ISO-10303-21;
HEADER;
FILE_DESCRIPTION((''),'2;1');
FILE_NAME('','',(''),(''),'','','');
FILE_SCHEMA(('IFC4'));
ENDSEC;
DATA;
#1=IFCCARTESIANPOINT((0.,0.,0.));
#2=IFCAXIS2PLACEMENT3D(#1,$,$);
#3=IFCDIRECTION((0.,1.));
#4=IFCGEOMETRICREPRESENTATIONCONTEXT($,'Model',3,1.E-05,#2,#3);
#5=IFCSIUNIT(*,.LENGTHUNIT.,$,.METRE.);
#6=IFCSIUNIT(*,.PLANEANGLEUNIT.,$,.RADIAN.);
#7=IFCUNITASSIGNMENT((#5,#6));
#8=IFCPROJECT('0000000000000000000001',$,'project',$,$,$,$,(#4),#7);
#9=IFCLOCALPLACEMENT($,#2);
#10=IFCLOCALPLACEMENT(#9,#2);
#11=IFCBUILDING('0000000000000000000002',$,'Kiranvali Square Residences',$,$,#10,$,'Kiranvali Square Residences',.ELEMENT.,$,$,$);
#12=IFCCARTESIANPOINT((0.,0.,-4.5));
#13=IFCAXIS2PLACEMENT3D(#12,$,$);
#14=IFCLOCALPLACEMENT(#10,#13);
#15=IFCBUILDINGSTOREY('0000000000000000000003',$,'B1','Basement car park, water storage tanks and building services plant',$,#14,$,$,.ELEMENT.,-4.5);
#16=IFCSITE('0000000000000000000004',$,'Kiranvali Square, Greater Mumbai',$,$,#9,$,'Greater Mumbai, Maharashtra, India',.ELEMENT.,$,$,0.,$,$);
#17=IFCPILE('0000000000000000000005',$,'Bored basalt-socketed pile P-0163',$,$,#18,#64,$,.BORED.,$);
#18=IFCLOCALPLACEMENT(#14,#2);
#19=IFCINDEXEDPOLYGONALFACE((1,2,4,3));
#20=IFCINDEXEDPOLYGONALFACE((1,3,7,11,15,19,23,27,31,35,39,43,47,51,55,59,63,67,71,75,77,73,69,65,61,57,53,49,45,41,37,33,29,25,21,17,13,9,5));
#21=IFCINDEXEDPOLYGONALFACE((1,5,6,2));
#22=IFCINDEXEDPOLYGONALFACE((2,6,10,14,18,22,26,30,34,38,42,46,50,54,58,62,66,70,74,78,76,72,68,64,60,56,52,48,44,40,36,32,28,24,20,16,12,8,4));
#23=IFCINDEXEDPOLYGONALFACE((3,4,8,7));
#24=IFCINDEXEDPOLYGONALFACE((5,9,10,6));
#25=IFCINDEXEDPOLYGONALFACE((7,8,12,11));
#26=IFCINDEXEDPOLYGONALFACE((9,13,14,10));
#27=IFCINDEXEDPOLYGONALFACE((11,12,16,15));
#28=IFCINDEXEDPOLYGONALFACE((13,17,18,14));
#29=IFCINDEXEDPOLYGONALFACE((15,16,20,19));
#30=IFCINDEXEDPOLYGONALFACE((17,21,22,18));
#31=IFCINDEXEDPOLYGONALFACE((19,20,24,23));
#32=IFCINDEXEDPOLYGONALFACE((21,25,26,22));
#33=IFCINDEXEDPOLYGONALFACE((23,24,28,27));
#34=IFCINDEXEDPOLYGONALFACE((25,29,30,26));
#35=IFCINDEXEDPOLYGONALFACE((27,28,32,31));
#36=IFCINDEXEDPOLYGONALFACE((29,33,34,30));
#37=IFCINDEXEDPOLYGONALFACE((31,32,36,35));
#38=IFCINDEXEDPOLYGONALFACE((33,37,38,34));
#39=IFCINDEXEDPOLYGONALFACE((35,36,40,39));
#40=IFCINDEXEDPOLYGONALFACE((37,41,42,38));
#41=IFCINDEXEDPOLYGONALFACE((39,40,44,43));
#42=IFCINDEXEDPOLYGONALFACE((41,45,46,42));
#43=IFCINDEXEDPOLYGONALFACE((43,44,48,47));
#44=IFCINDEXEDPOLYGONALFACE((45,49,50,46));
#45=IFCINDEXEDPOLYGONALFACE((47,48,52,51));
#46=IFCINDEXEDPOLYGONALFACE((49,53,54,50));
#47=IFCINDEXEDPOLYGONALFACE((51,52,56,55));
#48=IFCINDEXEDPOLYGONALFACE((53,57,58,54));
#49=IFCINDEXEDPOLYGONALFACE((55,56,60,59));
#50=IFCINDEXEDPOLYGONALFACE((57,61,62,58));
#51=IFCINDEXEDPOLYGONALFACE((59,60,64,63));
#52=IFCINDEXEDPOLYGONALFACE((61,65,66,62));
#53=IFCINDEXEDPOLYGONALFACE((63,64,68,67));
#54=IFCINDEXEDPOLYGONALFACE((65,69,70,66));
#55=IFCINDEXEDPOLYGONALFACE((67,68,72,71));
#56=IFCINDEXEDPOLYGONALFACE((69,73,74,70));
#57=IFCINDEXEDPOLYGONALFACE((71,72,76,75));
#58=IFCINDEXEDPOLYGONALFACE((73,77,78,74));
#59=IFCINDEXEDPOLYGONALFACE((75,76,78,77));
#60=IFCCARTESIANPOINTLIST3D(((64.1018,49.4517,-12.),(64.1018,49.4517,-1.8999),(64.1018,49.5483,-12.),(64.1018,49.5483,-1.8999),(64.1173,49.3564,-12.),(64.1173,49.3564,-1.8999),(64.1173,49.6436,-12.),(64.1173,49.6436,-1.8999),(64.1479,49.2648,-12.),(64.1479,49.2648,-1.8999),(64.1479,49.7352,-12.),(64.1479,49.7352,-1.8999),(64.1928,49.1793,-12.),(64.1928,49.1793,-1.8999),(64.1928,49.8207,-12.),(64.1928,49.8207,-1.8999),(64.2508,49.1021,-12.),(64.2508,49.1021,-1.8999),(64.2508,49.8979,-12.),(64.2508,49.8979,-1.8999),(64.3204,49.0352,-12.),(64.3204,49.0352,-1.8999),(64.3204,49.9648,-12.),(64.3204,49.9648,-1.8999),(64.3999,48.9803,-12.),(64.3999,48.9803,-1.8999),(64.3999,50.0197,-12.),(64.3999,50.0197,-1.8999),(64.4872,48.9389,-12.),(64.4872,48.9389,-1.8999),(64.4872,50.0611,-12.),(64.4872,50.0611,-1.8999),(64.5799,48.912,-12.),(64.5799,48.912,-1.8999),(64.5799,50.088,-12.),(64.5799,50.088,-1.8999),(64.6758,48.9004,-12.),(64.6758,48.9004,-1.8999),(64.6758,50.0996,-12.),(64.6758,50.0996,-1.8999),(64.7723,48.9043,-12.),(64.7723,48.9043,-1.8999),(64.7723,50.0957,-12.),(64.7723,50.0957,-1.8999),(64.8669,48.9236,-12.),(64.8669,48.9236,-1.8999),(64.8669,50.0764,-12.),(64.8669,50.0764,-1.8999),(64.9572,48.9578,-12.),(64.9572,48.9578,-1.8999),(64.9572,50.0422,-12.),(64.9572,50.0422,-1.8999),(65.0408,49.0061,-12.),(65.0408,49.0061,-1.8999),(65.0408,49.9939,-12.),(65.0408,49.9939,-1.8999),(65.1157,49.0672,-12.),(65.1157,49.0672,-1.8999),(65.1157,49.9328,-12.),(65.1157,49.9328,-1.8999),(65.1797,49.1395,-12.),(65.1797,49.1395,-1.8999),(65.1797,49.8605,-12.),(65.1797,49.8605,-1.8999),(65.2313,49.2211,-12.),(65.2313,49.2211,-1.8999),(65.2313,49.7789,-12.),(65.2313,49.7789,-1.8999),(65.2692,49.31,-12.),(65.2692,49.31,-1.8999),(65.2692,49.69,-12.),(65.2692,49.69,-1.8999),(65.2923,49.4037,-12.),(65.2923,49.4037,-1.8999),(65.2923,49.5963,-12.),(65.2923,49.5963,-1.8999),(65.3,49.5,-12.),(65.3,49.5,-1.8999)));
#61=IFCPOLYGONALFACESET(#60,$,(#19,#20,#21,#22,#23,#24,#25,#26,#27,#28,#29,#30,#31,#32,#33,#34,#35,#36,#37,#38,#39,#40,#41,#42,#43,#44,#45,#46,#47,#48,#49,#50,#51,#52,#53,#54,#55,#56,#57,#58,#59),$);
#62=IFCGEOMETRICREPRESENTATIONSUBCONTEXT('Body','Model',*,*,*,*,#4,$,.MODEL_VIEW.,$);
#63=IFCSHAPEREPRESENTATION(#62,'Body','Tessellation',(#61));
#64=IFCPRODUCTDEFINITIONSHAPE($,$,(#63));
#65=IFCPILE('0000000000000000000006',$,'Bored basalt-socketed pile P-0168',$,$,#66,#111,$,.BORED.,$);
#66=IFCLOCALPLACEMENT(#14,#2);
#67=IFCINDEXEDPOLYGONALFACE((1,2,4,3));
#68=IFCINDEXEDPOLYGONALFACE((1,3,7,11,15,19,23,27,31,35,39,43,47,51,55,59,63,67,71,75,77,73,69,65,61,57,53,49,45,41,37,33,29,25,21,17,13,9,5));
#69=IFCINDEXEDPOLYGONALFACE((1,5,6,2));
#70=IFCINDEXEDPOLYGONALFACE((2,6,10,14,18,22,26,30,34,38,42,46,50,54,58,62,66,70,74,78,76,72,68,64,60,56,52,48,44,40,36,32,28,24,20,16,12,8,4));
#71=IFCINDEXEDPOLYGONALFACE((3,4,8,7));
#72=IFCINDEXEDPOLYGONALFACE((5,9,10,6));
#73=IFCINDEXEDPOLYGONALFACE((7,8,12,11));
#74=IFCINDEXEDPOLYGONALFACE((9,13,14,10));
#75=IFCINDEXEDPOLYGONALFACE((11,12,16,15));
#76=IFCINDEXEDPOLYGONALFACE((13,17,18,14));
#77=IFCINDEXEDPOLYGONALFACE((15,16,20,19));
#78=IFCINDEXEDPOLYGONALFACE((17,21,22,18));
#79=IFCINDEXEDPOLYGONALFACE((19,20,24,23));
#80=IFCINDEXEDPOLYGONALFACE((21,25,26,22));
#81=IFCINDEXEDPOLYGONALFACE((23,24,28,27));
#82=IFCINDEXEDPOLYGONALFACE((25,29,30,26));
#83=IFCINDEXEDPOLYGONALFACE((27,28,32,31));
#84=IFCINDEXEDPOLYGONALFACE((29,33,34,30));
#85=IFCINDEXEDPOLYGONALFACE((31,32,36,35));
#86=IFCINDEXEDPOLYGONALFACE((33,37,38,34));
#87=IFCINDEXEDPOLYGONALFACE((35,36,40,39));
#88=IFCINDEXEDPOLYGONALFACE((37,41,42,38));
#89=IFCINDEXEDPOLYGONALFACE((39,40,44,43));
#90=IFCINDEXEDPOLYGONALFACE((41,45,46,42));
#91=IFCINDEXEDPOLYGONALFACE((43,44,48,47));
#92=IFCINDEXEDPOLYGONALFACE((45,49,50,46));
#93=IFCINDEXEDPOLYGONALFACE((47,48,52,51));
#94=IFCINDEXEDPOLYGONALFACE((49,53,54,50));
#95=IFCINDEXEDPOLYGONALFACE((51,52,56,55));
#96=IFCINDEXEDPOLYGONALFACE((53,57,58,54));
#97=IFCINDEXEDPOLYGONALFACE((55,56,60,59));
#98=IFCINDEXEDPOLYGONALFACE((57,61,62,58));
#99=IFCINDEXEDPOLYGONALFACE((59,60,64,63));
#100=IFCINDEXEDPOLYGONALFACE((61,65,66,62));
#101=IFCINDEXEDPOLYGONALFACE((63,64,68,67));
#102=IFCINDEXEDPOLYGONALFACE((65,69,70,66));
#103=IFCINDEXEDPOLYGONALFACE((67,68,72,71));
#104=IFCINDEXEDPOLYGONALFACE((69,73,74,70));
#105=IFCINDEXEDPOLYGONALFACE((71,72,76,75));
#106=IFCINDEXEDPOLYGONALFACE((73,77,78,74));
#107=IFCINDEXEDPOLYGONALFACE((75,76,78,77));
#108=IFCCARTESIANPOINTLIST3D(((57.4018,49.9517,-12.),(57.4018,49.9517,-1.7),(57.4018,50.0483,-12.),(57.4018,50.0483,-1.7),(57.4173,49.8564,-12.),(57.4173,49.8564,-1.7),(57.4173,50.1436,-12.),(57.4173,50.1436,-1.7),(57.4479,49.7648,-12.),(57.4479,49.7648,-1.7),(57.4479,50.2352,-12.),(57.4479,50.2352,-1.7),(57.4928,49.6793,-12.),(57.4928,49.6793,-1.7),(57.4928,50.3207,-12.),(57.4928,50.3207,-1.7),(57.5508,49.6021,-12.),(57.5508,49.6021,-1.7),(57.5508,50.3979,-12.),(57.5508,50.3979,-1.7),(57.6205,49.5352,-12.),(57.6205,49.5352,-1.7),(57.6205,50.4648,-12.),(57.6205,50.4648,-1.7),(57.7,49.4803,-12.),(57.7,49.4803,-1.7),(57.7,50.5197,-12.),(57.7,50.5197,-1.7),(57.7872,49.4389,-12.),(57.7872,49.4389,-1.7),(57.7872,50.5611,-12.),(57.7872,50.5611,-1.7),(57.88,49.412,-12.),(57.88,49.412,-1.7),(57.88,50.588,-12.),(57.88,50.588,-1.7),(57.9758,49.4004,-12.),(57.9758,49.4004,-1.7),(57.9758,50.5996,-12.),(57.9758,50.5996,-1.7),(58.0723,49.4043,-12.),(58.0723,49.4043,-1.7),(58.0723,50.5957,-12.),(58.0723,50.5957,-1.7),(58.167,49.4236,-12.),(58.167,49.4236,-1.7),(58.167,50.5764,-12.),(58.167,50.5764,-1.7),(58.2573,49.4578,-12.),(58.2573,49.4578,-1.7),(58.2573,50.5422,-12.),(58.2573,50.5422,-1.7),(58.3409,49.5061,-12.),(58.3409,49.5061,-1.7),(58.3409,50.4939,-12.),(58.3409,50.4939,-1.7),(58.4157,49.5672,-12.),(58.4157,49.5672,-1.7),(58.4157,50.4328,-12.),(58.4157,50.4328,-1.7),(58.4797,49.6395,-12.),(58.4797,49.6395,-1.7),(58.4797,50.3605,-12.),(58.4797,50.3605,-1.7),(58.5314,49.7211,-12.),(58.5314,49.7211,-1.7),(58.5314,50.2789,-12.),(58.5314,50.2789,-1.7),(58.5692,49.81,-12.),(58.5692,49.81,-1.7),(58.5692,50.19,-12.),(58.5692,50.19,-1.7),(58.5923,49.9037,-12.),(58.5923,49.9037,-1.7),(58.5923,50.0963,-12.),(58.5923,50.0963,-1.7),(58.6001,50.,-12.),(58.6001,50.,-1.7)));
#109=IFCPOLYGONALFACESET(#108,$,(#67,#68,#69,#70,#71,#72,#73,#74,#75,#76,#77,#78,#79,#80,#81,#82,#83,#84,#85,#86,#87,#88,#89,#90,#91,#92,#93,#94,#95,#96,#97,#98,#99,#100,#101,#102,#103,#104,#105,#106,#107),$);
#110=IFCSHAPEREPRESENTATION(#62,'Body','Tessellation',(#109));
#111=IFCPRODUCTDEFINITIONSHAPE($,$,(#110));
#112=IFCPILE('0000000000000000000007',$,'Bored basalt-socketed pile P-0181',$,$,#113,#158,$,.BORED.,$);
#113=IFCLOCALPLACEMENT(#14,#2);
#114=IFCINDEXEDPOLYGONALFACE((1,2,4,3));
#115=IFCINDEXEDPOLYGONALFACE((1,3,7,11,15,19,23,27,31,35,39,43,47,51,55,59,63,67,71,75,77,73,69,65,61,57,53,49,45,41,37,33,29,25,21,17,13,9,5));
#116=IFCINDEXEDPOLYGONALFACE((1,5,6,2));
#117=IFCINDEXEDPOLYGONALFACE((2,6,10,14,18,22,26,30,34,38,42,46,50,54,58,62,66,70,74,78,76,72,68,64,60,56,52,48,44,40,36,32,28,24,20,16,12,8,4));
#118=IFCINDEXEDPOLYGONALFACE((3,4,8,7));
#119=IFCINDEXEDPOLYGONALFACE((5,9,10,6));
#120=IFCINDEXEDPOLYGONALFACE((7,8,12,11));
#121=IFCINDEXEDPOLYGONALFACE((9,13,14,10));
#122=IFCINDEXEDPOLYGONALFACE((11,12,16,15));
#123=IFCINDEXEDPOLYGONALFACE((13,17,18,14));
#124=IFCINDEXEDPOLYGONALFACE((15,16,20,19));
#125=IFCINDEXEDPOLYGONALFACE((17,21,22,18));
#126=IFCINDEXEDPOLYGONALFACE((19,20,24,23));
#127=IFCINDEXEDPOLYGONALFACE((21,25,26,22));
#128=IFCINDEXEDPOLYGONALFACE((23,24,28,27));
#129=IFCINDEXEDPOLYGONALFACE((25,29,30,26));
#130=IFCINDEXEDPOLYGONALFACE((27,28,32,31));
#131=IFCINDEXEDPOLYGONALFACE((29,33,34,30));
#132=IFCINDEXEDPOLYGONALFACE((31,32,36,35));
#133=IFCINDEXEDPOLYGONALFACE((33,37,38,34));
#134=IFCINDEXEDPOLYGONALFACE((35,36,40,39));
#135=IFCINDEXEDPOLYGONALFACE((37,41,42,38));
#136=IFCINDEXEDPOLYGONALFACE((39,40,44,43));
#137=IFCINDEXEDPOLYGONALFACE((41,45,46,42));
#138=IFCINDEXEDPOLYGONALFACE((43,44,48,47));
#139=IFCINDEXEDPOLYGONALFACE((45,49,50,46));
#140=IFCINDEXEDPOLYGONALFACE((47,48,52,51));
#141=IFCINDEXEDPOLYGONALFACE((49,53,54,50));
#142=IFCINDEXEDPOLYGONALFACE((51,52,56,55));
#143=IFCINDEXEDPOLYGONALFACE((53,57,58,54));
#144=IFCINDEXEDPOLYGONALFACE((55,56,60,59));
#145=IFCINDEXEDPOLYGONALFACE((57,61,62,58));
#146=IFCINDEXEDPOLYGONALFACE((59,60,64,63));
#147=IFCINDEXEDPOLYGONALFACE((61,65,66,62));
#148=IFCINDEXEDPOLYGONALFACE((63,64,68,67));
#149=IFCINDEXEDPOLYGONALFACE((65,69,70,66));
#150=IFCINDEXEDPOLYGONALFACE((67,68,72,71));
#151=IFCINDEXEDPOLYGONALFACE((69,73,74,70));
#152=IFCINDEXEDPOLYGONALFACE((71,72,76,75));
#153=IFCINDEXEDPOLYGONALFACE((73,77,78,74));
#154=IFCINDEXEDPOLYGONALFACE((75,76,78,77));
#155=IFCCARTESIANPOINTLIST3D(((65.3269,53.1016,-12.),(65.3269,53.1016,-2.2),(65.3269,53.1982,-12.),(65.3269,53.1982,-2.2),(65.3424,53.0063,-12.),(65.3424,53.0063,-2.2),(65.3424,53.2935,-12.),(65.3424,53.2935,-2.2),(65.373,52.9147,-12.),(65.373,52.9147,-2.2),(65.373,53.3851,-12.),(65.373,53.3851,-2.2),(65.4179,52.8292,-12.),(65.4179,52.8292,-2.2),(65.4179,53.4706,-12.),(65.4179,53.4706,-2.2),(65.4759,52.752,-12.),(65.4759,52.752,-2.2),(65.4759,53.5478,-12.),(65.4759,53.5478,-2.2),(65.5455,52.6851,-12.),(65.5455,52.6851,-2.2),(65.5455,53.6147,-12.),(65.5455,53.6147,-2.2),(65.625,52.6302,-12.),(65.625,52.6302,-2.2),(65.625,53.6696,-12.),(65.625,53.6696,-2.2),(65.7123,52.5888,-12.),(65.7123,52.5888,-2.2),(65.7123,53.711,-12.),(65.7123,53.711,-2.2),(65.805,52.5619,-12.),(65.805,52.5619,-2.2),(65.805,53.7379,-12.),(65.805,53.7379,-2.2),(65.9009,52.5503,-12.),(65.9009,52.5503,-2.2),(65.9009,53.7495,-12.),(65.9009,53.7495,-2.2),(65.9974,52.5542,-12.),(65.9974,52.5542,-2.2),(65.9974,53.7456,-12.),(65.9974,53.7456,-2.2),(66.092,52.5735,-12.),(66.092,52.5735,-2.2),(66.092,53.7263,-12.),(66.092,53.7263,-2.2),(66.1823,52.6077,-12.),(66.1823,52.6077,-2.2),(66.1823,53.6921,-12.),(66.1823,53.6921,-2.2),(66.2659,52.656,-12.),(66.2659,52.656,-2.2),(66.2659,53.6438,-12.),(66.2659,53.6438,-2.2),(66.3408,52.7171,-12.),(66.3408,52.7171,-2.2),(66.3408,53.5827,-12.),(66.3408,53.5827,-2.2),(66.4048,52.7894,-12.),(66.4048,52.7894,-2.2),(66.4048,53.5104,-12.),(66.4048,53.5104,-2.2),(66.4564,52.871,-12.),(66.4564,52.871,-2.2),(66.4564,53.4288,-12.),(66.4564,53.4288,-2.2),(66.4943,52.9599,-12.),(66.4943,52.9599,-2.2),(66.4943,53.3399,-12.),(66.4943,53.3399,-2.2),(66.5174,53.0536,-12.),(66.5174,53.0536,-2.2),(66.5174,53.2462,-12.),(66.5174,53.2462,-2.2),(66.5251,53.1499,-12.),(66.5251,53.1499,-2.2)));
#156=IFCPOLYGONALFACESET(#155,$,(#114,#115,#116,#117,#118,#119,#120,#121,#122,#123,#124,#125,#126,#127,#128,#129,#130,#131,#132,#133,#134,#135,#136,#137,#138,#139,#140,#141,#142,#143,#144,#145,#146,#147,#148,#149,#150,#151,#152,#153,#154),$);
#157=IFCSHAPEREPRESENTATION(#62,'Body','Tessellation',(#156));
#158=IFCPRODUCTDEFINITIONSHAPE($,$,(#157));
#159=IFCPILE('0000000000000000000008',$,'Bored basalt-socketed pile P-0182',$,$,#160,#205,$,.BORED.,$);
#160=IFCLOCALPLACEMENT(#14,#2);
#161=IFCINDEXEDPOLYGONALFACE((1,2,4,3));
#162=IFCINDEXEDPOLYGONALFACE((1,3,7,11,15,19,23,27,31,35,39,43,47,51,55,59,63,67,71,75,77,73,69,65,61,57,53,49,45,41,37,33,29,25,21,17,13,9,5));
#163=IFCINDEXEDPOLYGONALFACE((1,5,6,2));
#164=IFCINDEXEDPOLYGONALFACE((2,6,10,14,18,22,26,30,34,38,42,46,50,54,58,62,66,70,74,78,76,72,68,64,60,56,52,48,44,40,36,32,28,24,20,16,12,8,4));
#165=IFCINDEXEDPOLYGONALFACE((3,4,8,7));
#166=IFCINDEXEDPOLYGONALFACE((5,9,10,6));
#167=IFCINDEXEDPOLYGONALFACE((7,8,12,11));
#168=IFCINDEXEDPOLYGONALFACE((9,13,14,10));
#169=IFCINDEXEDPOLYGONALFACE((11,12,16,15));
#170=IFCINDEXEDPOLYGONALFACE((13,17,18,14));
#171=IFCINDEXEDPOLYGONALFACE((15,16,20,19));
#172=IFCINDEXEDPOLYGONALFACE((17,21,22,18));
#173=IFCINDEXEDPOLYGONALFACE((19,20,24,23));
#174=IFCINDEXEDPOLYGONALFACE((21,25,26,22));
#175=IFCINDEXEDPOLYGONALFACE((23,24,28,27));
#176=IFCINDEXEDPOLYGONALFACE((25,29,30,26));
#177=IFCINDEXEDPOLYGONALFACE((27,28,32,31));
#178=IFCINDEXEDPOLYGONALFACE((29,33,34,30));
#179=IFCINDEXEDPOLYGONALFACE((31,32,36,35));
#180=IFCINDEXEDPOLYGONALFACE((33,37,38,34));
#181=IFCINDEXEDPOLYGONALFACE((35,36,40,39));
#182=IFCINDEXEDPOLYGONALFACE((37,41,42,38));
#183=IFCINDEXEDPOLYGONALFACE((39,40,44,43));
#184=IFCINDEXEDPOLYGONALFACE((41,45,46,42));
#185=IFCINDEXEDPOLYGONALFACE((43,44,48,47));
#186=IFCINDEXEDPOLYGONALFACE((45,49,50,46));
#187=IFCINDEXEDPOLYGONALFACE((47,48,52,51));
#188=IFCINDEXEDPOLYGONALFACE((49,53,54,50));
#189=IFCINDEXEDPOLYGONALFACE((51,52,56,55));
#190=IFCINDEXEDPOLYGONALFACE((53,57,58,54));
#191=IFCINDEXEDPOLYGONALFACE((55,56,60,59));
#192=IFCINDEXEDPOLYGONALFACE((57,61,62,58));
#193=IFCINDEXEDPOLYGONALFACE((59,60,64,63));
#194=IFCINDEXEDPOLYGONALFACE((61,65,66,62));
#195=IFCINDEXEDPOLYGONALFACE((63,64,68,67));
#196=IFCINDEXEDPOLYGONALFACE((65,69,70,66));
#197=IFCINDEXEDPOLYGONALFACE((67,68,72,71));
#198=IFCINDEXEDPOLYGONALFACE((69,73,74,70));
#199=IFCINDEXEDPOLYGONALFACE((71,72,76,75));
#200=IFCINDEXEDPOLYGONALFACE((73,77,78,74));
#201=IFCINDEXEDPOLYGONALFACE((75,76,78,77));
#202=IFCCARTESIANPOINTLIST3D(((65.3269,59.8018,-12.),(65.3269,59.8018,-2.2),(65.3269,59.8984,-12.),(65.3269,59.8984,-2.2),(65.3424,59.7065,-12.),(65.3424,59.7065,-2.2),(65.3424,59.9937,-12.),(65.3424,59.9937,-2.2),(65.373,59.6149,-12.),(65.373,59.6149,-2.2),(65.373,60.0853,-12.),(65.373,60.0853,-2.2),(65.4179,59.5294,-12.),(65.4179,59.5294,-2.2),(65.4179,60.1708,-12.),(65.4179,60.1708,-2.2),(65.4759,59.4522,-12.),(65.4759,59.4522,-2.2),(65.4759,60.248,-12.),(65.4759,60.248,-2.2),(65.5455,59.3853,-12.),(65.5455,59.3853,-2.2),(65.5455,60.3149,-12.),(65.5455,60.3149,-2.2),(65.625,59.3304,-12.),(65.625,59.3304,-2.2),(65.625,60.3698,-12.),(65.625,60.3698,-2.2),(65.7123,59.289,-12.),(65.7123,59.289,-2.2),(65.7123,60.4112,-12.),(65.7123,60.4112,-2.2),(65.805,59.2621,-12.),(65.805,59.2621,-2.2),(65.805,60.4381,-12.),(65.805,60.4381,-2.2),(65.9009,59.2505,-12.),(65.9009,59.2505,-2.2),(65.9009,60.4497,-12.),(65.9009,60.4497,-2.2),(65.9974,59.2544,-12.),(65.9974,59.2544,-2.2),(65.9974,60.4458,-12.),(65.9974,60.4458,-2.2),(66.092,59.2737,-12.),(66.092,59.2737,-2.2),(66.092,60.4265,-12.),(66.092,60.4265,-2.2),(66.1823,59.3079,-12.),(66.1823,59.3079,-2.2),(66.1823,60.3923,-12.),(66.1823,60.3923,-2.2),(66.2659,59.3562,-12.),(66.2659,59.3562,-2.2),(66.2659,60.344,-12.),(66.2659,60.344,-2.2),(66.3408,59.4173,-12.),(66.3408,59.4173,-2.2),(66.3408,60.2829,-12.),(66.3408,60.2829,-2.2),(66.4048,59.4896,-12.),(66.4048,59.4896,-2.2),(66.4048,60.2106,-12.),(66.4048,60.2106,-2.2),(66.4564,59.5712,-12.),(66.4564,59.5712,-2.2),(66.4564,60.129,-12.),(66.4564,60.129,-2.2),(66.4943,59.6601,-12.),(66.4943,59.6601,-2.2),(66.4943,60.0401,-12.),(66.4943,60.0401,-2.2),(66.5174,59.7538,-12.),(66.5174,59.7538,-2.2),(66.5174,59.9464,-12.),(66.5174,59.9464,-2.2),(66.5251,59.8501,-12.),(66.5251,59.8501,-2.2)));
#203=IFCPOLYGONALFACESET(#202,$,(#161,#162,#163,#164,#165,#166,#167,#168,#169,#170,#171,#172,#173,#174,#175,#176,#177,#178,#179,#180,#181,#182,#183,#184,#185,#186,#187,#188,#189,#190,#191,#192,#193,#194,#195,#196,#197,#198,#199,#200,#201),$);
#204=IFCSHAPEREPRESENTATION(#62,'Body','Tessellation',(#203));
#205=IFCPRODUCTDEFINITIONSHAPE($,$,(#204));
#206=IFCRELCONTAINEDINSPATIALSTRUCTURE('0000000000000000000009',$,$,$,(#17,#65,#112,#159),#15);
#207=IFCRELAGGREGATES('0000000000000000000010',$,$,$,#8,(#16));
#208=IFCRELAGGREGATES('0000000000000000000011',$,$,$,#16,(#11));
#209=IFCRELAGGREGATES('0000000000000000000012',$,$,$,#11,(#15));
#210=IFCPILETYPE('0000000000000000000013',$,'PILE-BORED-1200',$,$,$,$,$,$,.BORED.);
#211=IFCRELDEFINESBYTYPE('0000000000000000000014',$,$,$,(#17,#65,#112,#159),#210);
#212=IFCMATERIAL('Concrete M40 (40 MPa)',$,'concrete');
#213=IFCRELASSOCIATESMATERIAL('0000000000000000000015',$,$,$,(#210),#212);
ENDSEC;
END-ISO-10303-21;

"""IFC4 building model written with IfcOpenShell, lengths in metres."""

from ifc_helpers import new_model, si_unit, direction, frame, origin, origin_2d, place, context, subcontext, project, spatial, circle, extrude, material, material_profile, profile_set, type_object, element, save


model = new_model("IFC4")

# Units and contexts
model_context = context("Model", 3, precision=1e-05, world=origin(), true_north=direction((0.0, 1.0)))
body_context = subcontext(model_context, "Body", "Model", "MODEL_VIEW")
ifc_project = project(units=[si_unit("LENGTHUNIT", "METRE"), si_unit("PLANEANGLEUNIT", "RADIAN")], contexts=[model_context])

# Site, building, storey
site_placement = place(None, origin())
site = spatial("IfcSite", under=ifc_project, at=site_placement, Name="Kiranvali Square, Greater Mumbai", LongName="Greater Mumbai, Maharashtra, India", CompositionType="ELEMENT", RefElevation=0.0)
building_placement = place(site_placement, origin())
building = spatial("IfcBuilding", under=site, at=building_placement, Name="Kiranvali Square Residences", LongName="Kiranvali Square Residences", CompositionType="ELEMENT")
storey_placement = place(building_placement, frame((0.0, 0.0, -4.5)))
storey = spatial("IfcBuildingStorey", under=building, at=storey_placement, Name="B1", Description="Basement car park, water storage tanks and building services plant", CompositionType="ELEMENT", Elevation=-4.5)

# Shared definitions
ifc_material_1 = material(Name="Concrete M40 (40 MPa)", Category="concrete")

# Piles
ifc_material_profile_1 = material_profile(ifc_material_1, circle(Radius=0.6001, at=origin_2d()), Name="BORED PILE 1200")
ifc_profile_set_1 = profile_set([ifc_material_profile_1], Name="Concrete M40 (40 MPa)")
pile_type = type_object("IfcPileType", Name="PILE-BORED-1200", PredefinedType="BORED", material=ifc_profile_set_1)
pile_1_placement = place(storey_placement, frame((64.7, 49.5, -1.8999), z_axis=(0.0, 0.0, -1.0), x_axis=(1.0, 0.0, 0.0)))
element("IfcPile", 1, at=pile_1_placement, inside=storey, type_object=pile_type, Name="Bored basalt-socketed pile P-0163", PredefinedType="BORED", context=body_context, shape_type="SweptSolid", body=[
    extrude(circle(Radius=0.6001, at=origin_2d()), origin(), (0.0, 0.0, 1.0), 10.1001),
])
pile_2_placement = place(storey_placement, frame((58.0, 50.0, -1.7), z_axis=(0.0, 0.0, -1.0), x_axis=(1.0, 0.0, 0.0)))
element("IfcPile", 2, at=pile_2_placement, inside=storey, type_object=pile_type, Name="Bored basalt-socketed pile P-0168", PredefinedType="BORED", context=body_context, shape_type="SweptSolid", body=[
    extrude(circle(Radius=0.6001, at=origin_2d()), origin(), (0.0, 0.0, 1.0), 10.3),
])
for number, where, z_axis, x_axis, name in (
    (3, (65.925, 53.1499, -2.2), (0.0, 0.0, -1.0), (1.0, 0.0, 0.0), "Bored basalt-socketed pile P-0181"),
    (4, (65.925, 59.8501, -2.2), (0.0, 0.0, -1.0), (1.0, 0.0, 0.0), "Bored basalt-socketed pile P-0182"),
):
    element("IfcPile", number, at=place(storey_placement, frame(where, z_axis=z_axis, x_axis=x_axis)), inside=storey, type_object=pile_type, Name=name, PredefinedType="BORED", context=body_context, shape_type="SweptSolid", body=[
        extrude(circle(Radius=0.6001, at=origin_2d()), origin(), (0.0, 0.0, 1.0), 9.8),
    ])

save(model, "model.ifc")
